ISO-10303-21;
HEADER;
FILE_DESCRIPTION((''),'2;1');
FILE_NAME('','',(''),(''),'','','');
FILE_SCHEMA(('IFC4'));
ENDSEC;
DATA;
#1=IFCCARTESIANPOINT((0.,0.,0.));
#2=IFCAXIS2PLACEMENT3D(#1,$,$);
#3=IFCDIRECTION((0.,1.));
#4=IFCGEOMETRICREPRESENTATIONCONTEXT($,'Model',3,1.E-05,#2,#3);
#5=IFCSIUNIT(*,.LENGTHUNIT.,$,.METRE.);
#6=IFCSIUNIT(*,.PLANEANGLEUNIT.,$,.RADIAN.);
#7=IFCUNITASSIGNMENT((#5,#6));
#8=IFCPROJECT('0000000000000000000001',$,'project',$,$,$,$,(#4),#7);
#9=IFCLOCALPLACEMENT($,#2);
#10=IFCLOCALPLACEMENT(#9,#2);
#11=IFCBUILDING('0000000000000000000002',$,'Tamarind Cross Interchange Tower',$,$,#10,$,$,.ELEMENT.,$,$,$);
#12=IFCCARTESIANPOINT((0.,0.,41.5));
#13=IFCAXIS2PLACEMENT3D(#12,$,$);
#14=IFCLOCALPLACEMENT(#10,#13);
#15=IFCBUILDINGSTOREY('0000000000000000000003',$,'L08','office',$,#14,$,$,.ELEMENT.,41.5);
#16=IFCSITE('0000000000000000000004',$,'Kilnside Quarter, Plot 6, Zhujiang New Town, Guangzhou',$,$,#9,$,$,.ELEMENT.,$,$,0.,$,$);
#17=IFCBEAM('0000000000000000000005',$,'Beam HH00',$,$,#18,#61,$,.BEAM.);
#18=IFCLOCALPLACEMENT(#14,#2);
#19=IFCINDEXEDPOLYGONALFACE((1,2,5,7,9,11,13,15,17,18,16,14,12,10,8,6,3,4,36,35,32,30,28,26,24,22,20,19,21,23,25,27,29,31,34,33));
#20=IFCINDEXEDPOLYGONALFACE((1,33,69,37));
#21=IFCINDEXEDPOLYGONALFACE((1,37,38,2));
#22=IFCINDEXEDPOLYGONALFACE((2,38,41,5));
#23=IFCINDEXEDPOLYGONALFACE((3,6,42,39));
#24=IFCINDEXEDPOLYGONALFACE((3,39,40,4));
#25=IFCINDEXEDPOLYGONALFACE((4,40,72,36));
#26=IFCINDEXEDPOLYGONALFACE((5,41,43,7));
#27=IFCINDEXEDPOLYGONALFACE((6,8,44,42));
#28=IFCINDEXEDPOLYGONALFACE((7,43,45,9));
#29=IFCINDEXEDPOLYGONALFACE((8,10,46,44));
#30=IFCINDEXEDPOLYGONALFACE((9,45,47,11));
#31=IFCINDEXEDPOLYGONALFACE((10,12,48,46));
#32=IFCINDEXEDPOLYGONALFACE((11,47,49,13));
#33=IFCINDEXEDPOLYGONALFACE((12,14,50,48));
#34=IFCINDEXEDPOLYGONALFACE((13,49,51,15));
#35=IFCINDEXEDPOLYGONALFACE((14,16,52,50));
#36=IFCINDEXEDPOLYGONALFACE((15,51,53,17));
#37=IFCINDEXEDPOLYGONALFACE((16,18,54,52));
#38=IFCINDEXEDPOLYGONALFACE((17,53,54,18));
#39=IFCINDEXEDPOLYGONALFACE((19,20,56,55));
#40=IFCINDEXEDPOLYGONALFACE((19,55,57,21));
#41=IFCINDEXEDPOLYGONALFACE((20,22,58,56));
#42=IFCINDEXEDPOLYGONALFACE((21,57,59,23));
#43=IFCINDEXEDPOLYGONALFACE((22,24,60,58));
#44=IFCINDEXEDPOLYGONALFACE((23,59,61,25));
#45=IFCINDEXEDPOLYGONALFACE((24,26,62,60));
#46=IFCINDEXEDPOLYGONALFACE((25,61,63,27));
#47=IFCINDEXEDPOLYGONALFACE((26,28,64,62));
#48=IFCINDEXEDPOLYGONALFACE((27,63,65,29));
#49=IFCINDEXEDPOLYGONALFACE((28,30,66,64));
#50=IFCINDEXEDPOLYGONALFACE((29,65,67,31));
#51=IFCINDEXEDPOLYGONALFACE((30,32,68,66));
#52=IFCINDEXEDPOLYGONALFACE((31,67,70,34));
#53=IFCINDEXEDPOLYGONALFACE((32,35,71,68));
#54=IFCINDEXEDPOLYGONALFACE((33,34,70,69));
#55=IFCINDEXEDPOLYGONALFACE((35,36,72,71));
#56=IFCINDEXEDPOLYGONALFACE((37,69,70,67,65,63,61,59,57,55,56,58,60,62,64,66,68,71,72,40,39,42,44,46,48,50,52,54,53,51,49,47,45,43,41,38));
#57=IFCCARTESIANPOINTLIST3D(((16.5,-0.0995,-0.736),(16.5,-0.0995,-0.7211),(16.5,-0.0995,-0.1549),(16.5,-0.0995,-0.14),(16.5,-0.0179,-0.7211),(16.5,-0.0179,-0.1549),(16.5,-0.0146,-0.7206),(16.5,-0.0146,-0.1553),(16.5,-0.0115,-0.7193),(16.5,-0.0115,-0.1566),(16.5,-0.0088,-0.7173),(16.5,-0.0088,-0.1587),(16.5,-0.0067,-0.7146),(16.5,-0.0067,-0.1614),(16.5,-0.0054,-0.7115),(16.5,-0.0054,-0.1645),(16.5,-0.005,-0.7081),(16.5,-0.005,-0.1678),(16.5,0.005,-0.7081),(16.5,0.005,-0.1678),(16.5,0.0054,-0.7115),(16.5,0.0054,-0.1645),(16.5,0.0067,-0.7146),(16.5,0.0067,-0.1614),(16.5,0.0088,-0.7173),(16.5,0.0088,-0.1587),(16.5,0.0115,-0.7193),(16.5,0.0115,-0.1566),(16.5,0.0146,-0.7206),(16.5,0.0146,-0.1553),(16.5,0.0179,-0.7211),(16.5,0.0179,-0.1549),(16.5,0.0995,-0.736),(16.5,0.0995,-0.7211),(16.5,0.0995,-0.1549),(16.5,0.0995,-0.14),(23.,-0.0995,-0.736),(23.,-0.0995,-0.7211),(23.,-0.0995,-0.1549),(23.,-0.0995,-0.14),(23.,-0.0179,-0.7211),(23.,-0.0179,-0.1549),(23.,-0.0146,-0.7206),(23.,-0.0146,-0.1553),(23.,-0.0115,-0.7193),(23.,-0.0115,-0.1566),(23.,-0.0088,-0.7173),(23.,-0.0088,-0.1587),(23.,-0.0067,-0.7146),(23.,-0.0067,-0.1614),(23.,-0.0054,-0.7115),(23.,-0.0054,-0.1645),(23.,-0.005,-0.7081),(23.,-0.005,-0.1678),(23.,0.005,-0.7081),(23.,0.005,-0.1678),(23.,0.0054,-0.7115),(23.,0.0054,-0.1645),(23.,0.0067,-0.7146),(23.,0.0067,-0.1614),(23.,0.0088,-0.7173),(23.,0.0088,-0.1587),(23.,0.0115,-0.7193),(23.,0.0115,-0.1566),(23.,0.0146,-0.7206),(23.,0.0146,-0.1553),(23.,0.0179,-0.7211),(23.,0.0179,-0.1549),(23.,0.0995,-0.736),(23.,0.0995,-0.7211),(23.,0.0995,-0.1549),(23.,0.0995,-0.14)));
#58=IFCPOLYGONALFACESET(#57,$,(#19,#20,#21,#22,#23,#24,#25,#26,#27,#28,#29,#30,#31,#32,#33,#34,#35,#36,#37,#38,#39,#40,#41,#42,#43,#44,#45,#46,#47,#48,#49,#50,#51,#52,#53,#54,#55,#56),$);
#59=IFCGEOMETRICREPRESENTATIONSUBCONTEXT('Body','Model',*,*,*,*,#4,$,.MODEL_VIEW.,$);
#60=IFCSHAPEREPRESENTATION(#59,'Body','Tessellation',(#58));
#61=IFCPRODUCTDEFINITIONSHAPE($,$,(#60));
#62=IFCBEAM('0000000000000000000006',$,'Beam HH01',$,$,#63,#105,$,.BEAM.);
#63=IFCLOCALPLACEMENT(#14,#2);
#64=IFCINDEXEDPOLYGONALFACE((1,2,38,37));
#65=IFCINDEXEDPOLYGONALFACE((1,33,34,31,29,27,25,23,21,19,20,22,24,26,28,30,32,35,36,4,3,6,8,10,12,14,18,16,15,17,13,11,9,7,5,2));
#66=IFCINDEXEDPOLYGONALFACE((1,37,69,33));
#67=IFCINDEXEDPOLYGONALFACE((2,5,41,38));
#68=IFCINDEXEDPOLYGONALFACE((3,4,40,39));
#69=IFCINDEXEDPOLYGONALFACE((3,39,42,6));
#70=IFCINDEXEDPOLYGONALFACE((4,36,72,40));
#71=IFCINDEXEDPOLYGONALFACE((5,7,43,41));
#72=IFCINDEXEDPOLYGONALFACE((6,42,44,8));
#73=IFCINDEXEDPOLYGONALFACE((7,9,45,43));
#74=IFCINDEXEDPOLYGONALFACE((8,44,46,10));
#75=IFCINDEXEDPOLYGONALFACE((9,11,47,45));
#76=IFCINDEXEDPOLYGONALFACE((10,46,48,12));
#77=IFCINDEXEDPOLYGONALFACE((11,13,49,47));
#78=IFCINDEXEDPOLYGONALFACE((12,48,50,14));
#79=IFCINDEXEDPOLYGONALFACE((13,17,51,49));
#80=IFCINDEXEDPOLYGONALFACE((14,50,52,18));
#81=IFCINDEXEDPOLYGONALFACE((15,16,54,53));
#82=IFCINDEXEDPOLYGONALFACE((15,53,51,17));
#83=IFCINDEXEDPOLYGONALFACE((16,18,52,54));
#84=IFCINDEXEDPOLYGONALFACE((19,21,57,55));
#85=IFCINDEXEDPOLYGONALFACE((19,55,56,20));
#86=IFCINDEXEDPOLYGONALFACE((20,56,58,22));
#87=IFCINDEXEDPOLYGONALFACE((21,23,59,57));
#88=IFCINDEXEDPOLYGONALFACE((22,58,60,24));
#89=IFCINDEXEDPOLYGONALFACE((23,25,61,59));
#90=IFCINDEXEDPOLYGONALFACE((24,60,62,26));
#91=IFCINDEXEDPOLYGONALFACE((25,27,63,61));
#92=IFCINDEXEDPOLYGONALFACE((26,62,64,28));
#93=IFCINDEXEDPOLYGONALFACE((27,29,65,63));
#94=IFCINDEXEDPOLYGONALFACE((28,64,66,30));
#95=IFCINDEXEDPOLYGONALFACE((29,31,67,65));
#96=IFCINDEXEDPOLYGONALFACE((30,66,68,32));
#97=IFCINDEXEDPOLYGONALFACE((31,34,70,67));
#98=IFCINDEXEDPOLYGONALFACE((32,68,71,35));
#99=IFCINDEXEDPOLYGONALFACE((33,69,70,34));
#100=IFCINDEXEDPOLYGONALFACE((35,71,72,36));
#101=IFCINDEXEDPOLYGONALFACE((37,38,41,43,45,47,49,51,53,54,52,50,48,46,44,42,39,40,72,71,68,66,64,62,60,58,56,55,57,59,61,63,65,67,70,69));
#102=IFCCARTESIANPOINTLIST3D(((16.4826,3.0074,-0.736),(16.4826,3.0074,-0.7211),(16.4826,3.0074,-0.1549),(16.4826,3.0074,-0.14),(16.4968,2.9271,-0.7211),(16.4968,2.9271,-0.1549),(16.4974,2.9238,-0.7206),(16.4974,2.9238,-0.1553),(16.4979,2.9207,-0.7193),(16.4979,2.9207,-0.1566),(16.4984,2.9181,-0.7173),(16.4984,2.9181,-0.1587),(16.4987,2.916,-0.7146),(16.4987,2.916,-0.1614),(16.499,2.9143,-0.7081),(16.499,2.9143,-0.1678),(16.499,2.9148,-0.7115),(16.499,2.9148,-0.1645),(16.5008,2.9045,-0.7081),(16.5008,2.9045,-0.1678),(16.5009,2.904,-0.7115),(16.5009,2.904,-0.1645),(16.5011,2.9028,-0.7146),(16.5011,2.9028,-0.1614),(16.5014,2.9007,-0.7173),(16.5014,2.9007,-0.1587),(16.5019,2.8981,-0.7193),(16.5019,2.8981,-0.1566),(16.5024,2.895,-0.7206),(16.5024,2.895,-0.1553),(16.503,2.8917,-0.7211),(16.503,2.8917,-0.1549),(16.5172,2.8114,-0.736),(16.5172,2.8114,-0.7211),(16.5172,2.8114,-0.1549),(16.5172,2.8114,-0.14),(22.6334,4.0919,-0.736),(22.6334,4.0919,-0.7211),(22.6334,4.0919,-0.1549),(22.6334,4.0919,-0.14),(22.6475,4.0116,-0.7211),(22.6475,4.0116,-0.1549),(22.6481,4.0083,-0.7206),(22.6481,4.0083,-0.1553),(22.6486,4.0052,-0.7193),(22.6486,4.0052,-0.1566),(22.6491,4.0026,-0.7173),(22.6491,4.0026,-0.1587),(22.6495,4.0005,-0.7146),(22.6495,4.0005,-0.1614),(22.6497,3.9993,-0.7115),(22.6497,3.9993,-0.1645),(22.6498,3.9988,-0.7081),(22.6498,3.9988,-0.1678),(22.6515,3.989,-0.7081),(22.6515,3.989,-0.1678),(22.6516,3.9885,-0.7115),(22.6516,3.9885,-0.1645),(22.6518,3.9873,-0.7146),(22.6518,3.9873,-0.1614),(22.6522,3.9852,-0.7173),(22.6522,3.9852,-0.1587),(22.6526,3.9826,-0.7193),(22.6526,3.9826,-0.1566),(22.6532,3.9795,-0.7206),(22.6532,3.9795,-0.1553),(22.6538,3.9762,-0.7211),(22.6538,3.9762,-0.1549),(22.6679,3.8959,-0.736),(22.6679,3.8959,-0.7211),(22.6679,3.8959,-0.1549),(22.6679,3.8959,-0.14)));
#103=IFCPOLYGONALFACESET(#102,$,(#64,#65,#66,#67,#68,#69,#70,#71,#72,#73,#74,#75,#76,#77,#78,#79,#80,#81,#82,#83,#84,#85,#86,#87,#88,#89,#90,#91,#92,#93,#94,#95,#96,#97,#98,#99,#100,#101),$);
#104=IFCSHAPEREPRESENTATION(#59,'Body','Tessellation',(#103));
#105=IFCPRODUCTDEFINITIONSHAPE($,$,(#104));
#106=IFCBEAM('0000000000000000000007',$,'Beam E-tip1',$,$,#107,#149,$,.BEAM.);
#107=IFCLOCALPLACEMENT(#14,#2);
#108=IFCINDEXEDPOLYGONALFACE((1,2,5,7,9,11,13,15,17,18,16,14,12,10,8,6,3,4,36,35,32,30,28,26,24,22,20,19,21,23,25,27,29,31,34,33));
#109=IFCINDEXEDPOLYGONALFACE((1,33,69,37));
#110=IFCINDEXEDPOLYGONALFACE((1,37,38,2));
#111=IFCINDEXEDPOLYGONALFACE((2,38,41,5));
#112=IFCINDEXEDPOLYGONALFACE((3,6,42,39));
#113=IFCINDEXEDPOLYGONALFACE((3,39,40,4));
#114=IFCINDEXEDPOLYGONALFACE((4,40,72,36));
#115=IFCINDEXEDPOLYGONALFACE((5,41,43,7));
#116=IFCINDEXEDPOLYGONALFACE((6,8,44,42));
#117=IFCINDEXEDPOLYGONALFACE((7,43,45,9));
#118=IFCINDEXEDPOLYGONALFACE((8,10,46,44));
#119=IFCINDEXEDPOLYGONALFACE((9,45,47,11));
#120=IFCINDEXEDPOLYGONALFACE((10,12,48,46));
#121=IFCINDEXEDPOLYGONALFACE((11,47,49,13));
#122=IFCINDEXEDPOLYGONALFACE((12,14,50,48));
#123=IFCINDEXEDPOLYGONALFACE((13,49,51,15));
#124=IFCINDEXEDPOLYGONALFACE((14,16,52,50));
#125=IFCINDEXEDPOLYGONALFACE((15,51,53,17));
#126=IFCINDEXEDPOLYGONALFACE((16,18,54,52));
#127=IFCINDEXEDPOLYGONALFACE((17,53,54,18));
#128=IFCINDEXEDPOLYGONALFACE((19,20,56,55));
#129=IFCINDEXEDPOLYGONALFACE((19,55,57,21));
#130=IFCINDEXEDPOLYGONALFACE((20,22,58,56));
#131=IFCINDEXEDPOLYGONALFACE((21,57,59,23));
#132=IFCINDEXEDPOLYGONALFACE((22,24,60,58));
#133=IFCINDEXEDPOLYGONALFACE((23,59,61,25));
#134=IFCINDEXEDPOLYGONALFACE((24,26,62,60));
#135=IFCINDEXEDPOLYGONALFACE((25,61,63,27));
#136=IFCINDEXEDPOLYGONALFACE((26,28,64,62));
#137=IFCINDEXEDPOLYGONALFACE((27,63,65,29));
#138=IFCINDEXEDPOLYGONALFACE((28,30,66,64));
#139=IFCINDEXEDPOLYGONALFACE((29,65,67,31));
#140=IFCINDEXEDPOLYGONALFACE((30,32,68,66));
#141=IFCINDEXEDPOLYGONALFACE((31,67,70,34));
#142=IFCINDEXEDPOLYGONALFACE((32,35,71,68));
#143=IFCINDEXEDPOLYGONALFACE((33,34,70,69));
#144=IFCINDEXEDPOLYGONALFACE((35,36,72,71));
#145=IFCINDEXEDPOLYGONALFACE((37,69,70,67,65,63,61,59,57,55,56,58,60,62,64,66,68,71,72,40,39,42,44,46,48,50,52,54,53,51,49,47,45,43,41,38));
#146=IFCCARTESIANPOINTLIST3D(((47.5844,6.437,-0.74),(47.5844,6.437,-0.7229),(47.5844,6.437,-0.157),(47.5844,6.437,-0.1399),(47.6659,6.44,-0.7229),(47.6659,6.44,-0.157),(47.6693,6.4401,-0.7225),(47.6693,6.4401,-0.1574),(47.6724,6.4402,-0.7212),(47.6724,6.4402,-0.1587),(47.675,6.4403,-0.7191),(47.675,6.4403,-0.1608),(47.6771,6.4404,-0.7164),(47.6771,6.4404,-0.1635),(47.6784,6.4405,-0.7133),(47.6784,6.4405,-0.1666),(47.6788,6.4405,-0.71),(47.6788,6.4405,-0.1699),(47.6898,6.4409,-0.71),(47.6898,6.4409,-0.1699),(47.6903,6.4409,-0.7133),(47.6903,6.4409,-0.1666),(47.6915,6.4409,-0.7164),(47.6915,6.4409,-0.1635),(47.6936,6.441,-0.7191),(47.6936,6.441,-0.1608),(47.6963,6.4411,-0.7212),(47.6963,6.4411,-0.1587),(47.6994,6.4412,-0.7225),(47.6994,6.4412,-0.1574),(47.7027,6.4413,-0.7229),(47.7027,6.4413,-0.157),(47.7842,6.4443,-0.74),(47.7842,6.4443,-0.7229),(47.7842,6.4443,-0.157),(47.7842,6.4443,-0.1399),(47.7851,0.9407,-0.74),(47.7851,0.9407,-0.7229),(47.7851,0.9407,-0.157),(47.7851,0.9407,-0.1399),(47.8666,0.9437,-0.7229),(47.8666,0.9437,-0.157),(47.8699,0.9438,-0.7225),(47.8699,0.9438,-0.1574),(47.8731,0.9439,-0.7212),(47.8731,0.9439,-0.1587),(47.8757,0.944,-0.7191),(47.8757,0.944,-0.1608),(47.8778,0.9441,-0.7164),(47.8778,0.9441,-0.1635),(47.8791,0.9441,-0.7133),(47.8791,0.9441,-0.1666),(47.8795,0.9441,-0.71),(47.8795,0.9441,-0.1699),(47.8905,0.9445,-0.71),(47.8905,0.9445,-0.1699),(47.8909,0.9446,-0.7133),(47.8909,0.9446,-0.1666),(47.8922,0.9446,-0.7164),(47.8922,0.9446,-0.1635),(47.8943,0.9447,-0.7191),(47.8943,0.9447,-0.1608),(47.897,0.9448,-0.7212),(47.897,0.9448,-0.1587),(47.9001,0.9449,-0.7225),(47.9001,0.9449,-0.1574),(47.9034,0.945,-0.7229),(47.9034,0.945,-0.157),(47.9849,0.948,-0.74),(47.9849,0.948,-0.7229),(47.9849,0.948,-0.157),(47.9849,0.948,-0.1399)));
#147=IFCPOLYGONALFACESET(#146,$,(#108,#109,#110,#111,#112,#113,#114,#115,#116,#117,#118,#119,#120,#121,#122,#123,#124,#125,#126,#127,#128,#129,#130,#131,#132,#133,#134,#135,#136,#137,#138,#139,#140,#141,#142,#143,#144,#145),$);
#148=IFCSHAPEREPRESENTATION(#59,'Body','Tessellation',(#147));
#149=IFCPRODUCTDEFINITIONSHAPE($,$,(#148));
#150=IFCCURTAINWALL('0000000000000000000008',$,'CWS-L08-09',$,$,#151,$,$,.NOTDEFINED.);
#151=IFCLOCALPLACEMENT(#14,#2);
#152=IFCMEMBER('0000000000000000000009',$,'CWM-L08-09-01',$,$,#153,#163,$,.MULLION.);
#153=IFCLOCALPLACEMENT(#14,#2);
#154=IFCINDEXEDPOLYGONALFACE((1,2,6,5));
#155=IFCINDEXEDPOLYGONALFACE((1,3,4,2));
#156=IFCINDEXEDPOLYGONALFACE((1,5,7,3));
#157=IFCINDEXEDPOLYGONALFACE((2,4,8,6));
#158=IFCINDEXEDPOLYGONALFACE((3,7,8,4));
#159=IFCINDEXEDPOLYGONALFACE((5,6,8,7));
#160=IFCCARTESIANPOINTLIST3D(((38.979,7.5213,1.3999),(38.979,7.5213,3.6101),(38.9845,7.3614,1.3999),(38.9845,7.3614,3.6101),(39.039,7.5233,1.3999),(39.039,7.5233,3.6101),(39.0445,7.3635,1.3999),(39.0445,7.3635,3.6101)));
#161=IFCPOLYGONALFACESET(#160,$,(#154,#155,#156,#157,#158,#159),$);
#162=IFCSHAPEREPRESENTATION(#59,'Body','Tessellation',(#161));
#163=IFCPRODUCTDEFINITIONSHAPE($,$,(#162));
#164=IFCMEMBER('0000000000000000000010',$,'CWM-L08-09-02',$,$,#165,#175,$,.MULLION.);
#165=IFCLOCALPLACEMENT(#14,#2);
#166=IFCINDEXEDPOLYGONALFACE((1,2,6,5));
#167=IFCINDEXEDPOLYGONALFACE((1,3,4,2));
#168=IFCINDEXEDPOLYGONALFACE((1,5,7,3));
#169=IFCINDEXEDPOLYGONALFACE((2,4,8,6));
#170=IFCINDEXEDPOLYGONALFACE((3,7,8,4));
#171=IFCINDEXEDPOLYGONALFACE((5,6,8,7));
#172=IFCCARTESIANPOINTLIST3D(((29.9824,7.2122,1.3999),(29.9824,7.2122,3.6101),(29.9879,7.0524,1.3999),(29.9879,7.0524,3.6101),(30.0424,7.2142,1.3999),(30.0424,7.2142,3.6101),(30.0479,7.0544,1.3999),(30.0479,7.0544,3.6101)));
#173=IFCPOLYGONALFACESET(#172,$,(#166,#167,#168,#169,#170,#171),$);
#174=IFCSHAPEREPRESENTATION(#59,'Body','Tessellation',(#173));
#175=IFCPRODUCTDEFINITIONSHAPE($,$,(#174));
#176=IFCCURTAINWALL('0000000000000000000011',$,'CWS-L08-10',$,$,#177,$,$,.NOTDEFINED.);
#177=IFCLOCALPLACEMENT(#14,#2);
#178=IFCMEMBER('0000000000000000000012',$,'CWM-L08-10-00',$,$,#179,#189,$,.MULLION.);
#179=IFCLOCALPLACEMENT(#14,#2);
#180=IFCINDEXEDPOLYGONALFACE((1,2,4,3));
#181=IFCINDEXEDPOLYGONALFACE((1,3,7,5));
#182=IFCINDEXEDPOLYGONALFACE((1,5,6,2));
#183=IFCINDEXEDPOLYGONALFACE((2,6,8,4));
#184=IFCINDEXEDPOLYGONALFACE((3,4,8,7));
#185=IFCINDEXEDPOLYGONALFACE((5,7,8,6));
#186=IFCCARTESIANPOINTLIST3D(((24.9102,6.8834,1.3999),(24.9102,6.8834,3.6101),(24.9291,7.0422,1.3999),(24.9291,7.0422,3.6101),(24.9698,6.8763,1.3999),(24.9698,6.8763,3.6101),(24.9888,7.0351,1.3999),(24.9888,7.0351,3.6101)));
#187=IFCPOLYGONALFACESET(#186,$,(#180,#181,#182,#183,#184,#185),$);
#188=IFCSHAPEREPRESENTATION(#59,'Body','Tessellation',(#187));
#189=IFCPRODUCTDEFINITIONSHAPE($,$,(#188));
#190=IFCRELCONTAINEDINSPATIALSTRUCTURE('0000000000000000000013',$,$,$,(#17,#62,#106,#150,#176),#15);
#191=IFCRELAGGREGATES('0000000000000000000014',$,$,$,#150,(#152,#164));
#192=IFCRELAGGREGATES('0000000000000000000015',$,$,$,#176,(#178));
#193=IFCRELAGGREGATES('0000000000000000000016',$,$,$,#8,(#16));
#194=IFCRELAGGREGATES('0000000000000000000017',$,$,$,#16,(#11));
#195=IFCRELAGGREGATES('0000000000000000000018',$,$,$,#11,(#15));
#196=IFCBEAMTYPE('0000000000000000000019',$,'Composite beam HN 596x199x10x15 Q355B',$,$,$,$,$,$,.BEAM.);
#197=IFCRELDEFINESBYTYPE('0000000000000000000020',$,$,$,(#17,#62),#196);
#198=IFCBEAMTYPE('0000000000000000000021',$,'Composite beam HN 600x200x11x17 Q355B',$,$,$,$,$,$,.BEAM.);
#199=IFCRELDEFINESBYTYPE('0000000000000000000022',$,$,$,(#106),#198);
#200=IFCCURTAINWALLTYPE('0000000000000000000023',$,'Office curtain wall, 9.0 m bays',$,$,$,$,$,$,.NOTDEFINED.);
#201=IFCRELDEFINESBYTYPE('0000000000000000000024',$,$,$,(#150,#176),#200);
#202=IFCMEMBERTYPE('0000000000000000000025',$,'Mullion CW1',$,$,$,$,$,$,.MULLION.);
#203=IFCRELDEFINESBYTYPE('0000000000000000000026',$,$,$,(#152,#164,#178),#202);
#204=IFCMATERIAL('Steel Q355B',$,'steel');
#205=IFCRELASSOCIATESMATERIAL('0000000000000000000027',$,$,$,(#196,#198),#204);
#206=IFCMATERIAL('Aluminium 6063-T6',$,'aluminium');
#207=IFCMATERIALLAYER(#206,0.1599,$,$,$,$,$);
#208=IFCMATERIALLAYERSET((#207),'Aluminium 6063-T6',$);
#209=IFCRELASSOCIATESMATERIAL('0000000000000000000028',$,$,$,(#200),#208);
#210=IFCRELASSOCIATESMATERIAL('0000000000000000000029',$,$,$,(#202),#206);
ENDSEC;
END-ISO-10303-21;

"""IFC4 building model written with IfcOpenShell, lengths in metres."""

from ifc_helpers import new_model, si_unit, direction, frame, origin, origin_2d, place, context, subcontext, project, spatial, rectangle, i_section, extrude, material, layer, layer_set, material_profile, profile_set, type_object, element, aggregate, save


model = new_model("IFC4")

# Units and contexts
model_context = context("Model", 3, precision=1e-05, world=origin(), true_north=direction((0.0, 1.0)))
body_context = subcontext(model_context, "Body", "Model", "MODEL_VIEW")
ifc_project = project(units=[si_unit("LENGTHUNIT", "METRE"), si_unit("PLANEANGLEUNIT", "RADIAN")], contexts=[model_context])

# Site, building, storey
site_placement = place(None, origin())
site = spatial("IfcSite", under=ifc_project, at=site_placement, Name="Kilnside Quarter, Plot 6, Zhujiang New Town, Guangzhou", CompositionType="ELEMENT", RefElevation=0.0)
building_placement = place(site_placement, origin())
building = spatial("IfcBuilding", under=site, at=building_placement, Name="Tamarind Cross Interchange Tower", CompositionType="ELEMENT")
storey_placement = place(building_placement, frame((0.0, 0.0, 41.5)))
storey = spatial("IfcBuildingStorey", under=building, at=storey_placement, Name="L08", Description="office", CompositionType="ELEMENT", Elevation=41.5)

# Beams
ifc_material_1 = material(Name="Steel Q355B", Category="steel")
ifc_material_profile_1 = material_profile(ifc_material_1, i_section(OverallWidth=0.199, OverallDepth=0.5959, WebThickness=0.01, FlangeThickness=0.0149, FilletRadius=0.0129, at=origin_2d()), Name="HN 596x199x10x15")
ifc_profile_set_1 = profile_set([ifc_material_profile_1], Name="Steel Q355B")
beam_type_1 = type_object("IfcBeamType", Name="Composite beam HN 596x199x10x15 Q355B", PredefinedType="BEAM", material=ifc_profile_set_1)
beam_1_placement = place(storey_placement, frame((23.0, 0.0, -0.438), z_axis=(-1.0, 0.0, 0.0), x_axis=(0.0, -1.0, 0.0)))
element("IfcBeam", 1, at=beam_1_placement, inside=storey, type_object=beam_type_1, Name="Beam HH00", PredefinedType="BEAM", context=body_context, shape_type="SweptSolid", body=[
    extrude(i_section(OverallWidth=0.199, OverallDepth=0.5959, WebThickness=0.01, FlangeThickness=0.0149, FilletRadius=0.0129, at=origin_2d()), origin(), (0.0, 0.0, 1.0), 6.5),
])
beam_2_placement = place(storey_placement, frame((22.6506, 3.9939, -0.438), z_axis=(-0.984809, -0.17364, 0.0), x_axis=(0.17364, -0.984809, 0.0)))
element("IfcBeam", 2, at=beam_2_placement, inside=storey, type_object=beam_type_1, Name="Beam HH01", PredefinedType="BEAM", context=body_context, shape_type="SweptSolid", body=[
    extrude(i_section(OverallWidth=0.199, OverallDepth=0.5959, WebThickness=0.01, FlangeThickness=0.0149, FilletRadius=0.0129, at=origin_2d()), origin(), (0.0, 0.0, 1.0), 6.2456),
])
ifc_material_profile_2 = material_profile(ifc_material_1, i_section(OverallWidth=0.2, OverallDepth=0.6001, WebThickness=0.011, FlangeThickness=0.0171, FilletRadius=0.0129, at=origin_2d()), Name="HN 600x200x11x17")
ifc_profile_set_2 = profile_set([ifc_material_profile_2], Name="Steel Q355B")
beam_type_2 = type_object("IfcBeamType", Name="Composite beam HN 600x200x11x17 Q355B", PredefinedType="BEAM", material=ifc_profile_set_2)
beam_3_placement = place(storey_placement, frame((47.885, 0.9443, -0.4399), z_axis=(-0.036488, 0.999334, 0.0), x_axis=(-0.999334, -0.036488, 0.0)))
element("IfcBeam", 3, at=beam_3_placement, inside=storey, type_object=beam_type_2, Name="Beam E-tip1", PredefinedType="BEAM", context=body_context, shape_type="SweptSolid", body=[
    extrude(i_section(OverallWidth=0.2, OverallDepth=0.6001, WebThickness=0.011, FlangeThickness=0.0171, FilletRadius=0.0129, at=origin_2d()), origin(), (0.0, 0.0, 1.0), 5.5),
])

# Curtain wall, members
ifc_material_2 = material(Name="Aluminium 6063-T6", Category="aluminium")
ifc_layer_1 = layer(ifc_material_2, 0.1599)
ifc_layer_set_1 = layer_set([ifc_layer_1], Name="Aluminium 6063-T6")
curtain_wall_type = type_object("IfcCurtainWallType", Name="Office curtain wall, 9.0 m bays", PredefinedType="NOTDEFINED", material=ifc_layer_set_1)
curtain_wall_1_placement = place(storey_placement, origin())
curtain_wall_1 = element("IfcCurtainWall", 4, at=curtain_wall_1_placement, inside=storey, type_object=curtain_wall_type, Name="CWS-L08-09", PredefinedType="NOTDEFINED")
ifc_material_profile_3 = material_profile(ifc_material_2, rectangle(XDim=0.0601, YDim=0.1599, at=origin_2d()), Name="Mullion CW1")
ifc_profile_set_3 = profile_set([ifc_material_profile_3], Name="Aluminium 6063-T6")
member_type = type_object("IfcMemberType", Name="Mullion CW1", PredefinedType="MULLION", material=ifc_profile_set_3)
member_1_placement = place(storey_placement, frame((39.0117, 7.4424, 1.3999), z_axis=(0.0, 0.0, 1.0), x_axis=(-0.99941, -0.034343, 0.0)))
member_1 = element("IfcMember", 5, at=member_1_placement, type_object=member_type, Name="CWM-L08-09-01", PredefinedType="MULLION", context=body_context, shape_type="SweptSolid", body=[
    extrude(rectangle(XDim=0.0601, YDim=0.1599, at=origin_2d()), origin(), (0.0, 0.0, 1.0), 2.2102),
])
member_2_placement = place(storey_placement, frame((30.0151, 7.1333, 1.3999), z_axis=(0.0, 0.0, 1.0), x_axis=(-0.99941, -0.034343, 0.0)))
member_2 = element("IfcMember", 6, at=member_2_placement, type_object=member_type, Name="CWM-L08-09-02", PredefinedType="MULLION", context=body_context, shape_type="SweptSolid", body=[
    extrude(rectangle(XDim=0.0601, YDim=0.1599, at=origin_2d()), origin(), (0.0, 0.0, 1.0), 2.2102),
])
aggregate(curtain_wall_1, [member_1, member_2])

# Curtain wall, member
curtain_wall_2_placement = place(storey_placement, origin())
curtain_wall_2 = element("IfcCurtainWall", 7, at=curtain_wall_2_placement, inside=storey, type_object=curtain_wall_type, Name="CWS-L08-10", PredefinedType="NOTDEFINED")
member_3_placement = place(storey_placement, frame((24.9495, 6.9592, 1.3999), z_axis=(0.0, 0.0, 1.0), x_axis=(-0.992928, 0.118714, 0.0)))
member_3 = element("IfcMember", 8, at=member_3_placement, type_object=member_type, Name="CWM-L08-10-00", PredefinedType="MULLION", context=body_context, shape_type="SweptSolid", body=[
    extrude(rectangle(XDim=0.0601, YDim=0.1599, at=origin_2d()), origin(), (0.0, 0.0, 1.0), 2.2102),
])
aggregate(curtain_wall_2, [member_3])

save(model, "model.ifc")
